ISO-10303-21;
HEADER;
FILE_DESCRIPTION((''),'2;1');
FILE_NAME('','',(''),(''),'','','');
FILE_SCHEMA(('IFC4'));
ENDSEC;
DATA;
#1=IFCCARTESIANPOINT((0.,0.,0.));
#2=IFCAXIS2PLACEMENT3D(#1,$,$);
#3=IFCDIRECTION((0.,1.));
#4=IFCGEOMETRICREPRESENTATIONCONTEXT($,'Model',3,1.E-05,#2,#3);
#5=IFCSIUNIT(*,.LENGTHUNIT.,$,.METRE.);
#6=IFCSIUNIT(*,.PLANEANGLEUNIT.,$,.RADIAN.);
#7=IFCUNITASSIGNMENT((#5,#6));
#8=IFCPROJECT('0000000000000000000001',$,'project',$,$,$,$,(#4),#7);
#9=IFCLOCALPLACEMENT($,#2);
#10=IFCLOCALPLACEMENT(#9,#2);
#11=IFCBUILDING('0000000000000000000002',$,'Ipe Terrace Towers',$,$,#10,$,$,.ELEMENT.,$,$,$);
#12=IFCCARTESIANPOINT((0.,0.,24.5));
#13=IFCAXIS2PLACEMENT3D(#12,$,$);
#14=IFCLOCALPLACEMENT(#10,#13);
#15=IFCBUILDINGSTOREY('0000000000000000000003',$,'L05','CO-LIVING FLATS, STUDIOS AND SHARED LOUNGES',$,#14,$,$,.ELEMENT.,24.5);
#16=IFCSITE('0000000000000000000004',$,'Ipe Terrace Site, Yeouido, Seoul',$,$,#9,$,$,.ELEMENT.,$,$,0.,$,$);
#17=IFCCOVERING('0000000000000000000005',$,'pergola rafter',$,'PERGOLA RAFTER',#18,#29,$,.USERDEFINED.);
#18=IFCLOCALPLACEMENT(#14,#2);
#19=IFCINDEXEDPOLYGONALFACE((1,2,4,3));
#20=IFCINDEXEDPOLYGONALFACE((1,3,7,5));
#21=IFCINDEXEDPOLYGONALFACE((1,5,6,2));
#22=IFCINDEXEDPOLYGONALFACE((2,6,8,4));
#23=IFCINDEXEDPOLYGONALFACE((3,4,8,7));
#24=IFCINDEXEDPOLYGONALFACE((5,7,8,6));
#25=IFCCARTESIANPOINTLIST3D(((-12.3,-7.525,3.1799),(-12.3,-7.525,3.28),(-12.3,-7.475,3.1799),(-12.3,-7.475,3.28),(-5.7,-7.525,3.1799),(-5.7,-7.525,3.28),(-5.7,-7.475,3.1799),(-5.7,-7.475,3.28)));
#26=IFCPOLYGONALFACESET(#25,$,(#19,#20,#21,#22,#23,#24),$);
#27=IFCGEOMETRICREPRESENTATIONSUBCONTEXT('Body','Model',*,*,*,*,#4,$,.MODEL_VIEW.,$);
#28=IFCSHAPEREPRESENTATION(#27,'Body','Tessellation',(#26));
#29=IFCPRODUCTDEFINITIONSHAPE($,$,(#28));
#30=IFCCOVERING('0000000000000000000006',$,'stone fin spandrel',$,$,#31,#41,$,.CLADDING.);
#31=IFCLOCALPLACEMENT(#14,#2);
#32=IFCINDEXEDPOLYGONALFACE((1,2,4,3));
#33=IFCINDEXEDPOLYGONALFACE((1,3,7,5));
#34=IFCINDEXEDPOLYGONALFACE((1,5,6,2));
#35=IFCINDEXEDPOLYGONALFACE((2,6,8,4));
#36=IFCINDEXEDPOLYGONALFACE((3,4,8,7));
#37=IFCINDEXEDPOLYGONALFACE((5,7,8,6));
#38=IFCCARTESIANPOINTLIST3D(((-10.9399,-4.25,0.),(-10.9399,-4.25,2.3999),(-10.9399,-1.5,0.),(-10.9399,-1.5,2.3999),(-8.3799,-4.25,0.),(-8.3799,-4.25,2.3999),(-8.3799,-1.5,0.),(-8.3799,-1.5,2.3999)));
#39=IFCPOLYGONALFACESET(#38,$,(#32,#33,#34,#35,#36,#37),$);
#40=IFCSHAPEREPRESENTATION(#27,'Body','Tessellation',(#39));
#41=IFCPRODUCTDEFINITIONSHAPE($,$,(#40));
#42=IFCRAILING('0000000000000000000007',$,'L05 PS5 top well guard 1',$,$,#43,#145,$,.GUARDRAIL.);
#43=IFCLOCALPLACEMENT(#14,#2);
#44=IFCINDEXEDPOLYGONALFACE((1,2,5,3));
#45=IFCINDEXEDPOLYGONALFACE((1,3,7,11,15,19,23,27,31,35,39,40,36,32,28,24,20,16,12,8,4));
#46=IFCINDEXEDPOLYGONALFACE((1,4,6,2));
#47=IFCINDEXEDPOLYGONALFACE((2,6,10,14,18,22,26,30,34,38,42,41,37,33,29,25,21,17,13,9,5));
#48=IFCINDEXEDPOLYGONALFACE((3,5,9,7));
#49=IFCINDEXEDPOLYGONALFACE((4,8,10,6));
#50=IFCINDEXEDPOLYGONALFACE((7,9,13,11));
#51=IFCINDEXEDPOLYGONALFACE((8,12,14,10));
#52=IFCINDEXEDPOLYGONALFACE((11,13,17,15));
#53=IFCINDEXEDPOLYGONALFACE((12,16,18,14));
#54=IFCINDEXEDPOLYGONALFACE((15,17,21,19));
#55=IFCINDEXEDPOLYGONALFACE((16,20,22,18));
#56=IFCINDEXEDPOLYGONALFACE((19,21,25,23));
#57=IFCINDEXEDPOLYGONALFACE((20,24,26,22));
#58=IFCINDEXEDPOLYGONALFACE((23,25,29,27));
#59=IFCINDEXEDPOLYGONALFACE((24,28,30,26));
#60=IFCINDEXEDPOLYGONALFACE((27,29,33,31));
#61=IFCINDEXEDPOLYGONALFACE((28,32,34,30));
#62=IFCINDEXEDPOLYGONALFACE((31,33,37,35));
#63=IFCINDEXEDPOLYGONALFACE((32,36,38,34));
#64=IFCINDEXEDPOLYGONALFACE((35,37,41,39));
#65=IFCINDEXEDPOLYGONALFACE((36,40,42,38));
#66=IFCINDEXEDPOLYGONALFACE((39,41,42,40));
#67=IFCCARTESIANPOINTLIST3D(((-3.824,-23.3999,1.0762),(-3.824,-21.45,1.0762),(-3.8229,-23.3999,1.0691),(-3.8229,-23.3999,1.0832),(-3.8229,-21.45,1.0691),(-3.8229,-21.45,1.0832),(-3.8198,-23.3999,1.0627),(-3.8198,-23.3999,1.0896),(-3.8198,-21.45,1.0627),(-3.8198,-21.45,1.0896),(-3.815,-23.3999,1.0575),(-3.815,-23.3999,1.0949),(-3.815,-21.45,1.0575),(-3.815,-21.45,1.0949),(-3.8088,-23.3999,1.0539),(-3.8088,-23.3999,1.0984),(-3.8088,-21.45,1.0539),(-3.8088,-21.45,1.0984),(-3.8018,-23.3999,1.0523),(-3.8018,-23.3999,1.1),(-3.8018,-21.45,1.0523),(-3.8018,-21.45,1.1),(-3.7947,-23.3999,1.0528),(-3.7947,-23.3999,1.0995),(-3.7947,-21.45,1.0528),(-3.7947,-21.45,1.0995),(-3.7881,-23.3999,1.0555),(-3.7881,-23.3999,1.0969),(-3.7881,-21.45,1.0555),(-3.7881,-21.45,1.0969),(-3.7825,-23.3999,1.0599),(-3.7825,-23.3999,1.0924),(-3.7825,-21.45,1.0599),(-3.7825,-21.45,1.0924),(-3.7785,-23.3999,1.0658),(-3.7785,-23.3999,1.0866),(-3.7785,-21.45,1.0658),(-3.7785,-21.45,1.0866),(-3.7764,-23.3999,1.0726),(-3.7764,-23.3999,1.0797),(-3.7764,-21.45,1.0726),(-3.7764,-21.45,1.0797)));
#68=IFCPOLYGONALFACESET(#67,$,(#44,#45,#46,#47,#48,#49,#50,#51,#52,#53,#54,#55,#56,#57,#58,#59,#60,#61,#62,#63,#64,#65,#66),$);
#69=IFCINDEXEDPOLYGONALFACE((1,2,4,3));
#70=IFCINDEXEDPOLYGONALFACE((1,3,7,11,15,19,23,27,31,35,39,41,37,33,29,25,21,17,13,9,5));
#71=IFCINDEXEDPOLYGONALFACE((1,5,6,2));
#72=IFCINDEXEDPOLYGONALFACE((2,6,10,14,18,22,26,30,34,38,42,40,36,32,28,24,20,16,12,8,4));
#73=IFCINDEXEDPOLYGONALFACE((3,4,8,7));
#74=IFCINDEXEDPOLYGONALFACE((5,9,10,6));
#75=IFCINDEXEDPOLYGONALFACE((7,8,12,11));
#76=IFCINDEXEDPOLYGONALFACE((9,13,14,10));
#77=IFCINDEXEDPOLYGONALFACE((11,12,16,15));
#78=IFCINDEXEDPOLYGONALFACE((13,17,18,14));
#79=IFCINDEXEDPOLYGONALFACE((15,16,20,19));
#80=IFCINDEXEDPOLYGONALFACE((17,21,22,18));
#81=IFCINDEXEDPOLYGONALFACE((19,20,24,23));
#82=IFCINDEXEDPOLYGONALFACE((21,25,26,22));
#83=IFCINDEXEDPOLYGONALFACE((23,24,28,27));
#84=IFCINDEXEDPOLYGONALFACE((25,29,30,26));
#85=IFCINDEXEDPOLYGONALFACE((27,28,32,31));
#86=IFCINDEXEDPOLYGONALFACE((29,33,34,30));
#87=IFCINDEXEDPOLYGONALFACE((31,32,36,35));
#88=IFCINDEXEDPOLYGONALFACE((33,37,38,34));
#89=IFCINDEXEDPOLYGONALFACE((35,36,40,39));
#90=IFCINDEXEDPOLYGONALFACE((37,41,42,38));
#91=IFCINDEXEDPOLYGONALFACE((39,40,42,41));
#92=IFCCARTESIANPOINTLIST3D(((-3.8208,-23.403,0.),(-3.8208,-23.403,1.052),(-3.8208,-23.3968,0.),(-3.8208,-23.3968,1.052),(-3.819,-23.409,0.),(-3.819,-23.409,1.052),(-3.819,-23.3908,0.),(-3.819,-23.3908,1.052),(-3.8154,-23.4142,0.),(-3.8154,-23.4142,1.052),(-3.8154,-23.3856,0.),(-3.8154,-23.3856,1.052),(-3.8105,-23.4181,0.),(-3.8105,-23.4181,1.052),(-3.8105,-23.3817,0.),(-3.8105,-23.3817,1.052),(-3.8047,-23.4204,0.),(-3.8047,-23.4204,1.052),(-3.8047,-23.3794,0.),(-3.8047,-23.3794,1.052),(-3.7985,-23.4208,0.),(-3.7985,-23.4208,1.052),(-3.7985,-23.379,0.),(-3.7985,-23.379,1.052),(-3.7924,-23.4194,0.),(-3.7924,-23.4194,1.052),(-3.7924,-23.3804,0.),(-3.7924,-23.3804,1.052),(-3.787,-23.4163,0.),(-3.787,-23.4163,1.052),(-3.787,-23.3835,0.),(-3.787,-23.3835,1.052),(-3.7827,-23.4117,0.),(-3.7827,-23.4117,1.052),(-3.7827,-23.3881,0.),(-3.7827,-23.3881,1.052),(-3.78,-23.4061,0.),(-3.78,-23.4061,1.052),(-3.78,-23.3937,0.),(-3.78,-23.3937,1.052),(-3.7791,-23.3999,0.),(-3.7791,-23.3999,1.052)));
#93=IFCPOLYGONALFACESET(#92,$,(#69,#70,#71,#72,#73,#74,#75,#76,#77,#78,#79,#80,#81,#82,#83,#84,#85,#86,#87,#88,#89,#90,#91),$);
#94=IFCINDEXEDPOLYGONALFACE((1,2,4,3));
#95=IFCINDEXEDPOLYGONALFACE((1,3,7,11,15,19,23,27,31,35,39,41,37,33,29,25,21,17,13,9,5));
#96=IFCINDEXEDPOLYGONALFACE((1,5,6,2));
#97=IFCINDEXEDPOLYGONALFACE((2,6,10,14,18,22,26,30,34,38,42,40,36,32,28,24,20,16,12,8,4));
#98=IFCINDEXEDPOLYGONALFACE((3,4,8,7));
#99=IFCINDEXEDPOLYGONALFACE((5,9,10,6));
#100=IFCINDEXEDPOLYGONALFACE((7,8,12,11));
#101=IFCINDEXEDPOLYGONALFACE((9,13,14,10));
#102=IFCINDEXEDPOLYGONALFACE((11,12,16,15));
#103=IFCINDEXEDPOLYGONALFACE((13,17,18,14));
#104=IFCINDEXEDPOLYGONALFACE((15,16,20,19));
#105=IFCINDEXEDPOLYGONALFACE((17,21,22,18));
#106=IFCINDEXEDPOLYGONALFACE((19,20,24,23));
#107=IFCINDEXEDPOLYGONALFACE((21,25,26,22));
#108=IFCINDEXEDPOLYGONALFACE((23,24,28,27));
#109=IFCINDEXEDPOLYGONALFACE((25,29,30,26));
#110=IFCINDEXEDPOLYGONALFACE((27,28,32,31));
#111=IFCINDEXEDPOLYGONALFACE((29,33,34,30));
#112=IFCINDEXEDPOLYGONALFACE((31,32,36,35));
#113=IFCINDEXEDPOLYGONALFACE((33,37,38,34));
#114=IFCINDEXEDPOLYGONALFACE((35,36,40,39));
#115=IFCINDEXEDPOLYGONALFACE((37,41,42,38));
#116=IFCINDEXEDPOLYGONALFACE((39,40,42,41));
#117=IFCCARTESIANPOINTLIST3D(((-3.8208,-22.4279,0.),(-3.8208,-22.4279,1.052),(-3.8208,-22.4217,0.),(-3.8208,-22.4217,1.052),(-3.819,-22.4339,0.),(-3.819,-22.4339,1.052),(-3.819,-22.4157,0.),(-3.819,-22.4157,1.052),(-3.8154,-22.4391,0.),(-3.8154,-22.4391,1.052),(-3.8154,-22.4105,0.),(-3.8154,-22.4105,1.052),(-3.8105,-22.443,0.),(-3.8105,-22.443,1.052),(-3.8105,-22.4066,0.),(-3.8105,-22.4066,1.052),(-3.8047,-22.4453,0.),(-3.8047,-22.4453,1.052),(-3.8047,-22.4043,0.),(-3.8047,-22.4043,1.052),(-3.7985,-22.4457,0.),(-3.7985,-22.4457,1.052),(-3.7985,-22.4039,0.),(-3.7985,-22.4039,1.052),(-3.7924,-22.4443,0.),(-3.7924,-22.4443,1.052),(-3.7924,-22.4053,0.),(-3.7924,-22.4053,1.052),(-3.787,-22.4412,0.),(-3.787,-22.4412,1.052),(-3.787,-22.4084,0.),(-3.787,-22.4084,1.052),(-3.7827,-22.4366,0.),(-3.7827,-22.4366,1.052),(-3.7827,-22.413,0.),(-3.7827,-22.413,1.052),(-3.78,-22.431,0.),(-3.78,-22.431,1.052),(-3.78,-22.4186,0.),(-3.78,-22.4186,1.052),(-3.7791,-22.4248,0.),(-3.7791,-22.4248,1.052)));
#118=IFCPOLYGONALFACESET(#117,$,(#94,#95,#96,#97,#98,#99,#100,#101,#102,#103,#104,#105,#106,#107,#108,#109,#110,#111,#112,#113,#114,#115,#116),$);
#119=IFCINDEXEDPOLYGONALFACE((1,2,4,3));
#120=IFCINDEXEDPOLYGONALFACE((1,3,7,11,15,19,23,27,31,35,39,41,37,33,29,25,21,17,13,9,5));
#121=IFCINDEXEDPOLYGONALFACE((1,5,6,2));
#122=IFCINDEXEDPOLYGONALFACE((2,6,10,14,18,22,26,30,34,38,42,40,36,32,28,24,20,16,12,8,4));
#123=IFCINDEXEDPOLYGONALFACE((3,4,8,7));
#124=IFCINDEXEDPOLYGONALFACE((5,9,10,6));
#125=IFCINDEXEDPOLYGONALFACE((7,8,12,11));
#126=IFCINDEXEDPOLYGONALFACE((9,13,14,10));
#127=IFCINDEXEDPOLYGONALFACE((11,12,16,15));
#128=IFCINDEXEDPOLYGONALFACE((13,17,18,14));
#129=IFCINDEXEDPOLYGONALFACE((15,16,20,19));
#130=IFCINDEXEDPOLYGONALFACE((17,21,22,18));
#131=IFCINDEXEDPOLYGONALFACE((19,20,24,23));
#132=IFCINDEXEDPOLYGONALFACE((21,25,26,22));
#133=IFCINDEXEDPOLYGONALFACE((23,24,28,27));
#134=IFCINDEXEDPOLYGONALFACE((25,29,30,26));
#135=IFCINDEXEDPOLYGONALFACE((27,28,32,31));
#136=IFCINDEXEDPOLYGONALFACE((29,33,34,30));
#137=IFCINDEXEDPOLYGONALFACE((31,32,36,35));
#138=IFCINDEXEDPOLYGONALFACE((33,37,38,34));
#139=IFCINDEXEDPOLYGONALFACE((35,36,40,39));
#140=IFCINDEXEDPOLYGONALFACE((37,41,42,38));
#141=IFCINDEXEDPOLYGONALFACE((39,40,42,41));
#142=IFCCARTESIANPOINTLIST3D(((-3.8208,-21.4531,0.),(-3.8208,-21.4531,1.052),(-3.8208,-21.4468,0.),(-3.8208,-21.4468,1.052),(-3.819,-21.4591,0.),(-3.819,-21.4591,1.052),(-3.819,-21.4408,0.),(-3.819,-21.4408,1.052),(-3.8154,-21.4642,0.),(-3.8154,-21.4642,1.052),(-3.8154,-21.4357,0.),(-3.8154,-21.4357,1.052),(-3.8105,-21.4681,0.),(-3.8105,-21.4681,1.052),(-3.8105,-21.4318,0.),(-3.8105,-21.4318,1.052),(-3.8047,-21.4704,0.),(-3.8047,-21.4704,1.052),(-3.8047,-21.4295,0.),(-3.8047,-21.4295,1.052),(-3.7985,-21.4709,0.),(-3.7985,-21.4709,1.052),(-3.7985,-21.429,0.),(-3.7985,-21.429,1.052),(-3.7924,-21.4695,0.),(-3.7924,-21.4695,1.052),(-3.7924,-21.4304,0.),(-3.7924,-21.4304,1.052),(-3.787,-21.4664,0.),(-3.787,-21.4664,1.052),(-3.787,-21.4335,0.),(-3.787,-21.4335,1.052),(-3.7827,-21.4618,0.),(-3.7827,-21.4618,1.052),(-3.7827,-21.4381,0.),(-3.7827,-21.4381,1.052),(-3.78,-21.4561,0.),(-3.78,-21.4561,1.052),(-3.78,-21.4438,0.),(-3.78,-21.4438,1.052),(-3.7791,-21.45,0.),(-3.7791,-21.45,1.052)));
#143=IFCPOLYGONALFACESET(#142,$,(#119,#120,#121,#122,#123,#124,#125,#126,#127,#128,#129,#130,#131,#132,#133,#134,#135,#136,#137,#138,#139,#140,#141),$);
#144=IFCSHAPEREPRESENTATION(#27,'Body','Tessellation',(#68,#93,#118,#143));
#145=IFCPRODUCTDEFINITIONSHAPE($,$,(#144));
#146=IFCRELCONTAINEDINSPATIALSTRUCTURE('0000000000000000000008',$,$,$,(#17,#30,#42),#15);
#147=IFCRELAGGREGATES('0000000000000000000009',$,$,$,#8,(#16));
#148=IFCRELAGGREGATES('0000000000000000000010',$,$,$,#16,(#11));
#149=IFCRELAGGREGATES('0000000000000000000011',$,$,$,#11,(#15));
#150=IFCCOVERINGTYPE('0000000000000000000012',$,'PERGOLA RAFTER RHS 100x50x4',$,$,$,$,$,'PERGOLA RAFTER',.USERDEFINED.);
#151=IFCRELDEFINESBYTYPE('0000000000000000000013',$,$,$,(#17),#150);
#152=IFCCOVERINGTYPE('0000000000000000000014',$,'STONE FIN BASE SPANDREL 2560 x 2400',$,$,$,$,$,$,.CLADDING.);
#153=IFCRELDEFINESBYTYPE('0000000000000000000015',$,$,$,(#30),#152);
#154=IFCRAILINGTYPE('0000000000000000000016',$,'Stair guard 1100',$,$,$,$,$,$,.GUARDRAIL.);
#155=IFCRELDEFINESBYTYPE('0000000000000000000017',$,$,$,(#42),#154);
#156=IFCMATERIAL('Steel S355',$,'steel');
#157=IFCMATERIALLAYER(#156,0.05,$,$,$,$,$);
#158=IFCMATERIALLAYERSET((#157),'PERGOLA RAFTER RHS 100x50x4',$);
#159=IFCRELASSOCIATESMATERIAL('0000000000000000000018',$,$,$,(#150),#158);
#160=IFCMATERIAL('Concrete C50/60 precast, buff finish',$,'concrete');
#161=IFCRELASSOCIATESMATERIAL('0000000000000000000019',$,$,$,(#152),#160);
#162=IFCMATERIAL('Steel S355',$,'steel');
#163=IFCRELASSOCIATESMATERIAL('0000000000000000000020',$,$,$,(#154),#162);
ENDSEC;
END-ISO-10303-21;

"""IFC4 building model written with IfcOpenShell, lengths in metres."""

from ifc_helpers import new_model, si_unit, direction, frame, origin, origin_2d, place, context, subcontext, project, spatial, rectangle, circle, extrude, material, layer, layer_set, material_profile, profile_set, type_object, element, save


model = new_model("IFC4")

# Units and contexts
model_context = context("Model", 3, precision=1e-05, world=origin(), true_north=direction((0.0, 1.0)))
body_context = subcontext(model_context, "Body", "Model", "MODEL_VIEW")
ifc_project = project(units=[si_unit("LENGTHUNIT", "METRE"), si_unit("PLANEANGLEUNIT", "RADIAN")], contexts=[model_context])

# Site, building, storey
site_placement = place(None, origin())
site = spatial("IfcSite", under=ifc_project, at=site_placement, Name="Ipe Terrace Site, Yeouido, Seoul", CompositionType="ELEMENT", RefElevation=0.0)
building_placement = place(site_placement, origin())
building = spatial("IfcBuilding", under=site, at=building_placement, Name="Ipe Terrace Towers", CompositionType="ELEMENT")
storey_placement = place(building_placement, frame((0.0, 0.0, 24.5)))
storey = spatial("IfcBuildingStorey", under=building, at=storey_placement, Name="L05", Description="CO-LIVING FLATS, STUDIOS AND SHARED LOUNGES", CompositionType="ELEMENT", Elevation=24.5)

# Coverings
ifc_material_1 = material(Name="Steel S355", Category="steel")
ifc_layer_1 = layer(ifc_material_1, 0.05)
ifc_layer_set_1 = layer_set([ifc_layer_1], Name="PERGOLA RAFTER RHS 100x50x4")
covering_type_1 = type_object("IfcCoveringType", Name="PERGOLA RAFTER RHS 100x50x4", ElementType="PERGOLA RAFTER", PredefinedType="USERDEFINED", material=ifc_layer_set_1)
for number, where, z_axis, x_axis, name in (
    (1, (-9.0, -7.5, 3.1799), (0.0, 0.0, 1.0), (1.0, 0.0, 0.0), "pergola rafter"),
):
    element("IfcCovering", number, at=place(storey_placement, frame(where, z_axis=z_axis, x_axis=x_axis)), inside=storey, type_object=covering_type_1, Name=name, ObjectType="PERGOLA RAFTER", PredefinedType="USERDEFINED", context=body_context, shape_type="SweptSolid", body=[
        extrude(rectangle(XDim=6.6001, YDim=0.05, at=origin_2d()), origin(), (0.0, 0.0, 1.0), 0.1001),
    ])
ifc_material_2 = material(Name="Concrete C50/60 precast, buff finish", Category="concrete")
ifc_material_profile_1 = material_profile(ifc_material_2, rectangle(XDim=2.5601, YDim=2.3999, at=origin_2d()), Name="STONE FIN BASE SPANDREL 2560 x 2400")
ifc_profile_set_1 = profile_set([ifc_material_profile_1], Name="Concrete C50/60 precast, buff finish")
covering_type_2 = type_object("IfcCoveringType", Name="STONE FIN BASE SPANDREL 2560 x 2400", PredefinedType="CLADDING", material=ifc_profile_set_1)
covering_placement = place(storey_placement, frame((-9.6599, -4.25, 1.2), z_axis=(0.0, 1.0, 0.0), x_axis=(1.0, 0.0, 0.0)))
element("IfcCovering", 2, at=covering_placement, inside=storey, type_object=covering_type_2, Name="stone fin spandrel", PredefinedType="CLADDING", context=body_context, shape_type="SweptSolid", body=[
    extrude(rectangle(XDim=2.5601, YDim=2.3999, at=origin_2d()), origin(), (0.0, 0.0, 1.0), 2.75),
])

# Railing
ifc_material_3 = material(Name="Steel S355", Category="steel")
railing_type = type_object("IfcRailingType", Name="Stair guard 1100", PredefinedType="GUARDRAIL", material=ifc_material_3)
railing_placement = place(storey_placement, frame((-3.8, -23.3999, 0.0)))
element("IfcRailing", 3, at=railing_placement, inside=storey, type_object=railing_type, Name="L05 PS5 top well guard 1", PredefinedType="GUARDRAIL", context=body_context, shape_type="SweptSolid", body=[
    extrude(circle(Radius=0.0239, at=origin_2d()), frame((0.0, 0.0, 1.0762), z_axis=(0.0, 1.0, 0.0), x_axis=(-1.0, 0.0, 0.0)), (0.0, 0.0, 1.0), 1.95),
    extrude(circle(Radius=0.021, at=origin_2d()), origin(), (0.0, 0.0, 1.0), 1.052),
    extrude(circle(Radius=0.021, at=origin_2d()), frame((0.0, 0.9751, 0.0)), (0.0, 0.0, 1.0), 1.052),
    extrude(circle(Radius=0.021, at=origin_2d()), frame((0.0, 1.95, 0.0)), (0.0, 0.0, 1.0), 1.052),
])

save(model, "model.ifc")
